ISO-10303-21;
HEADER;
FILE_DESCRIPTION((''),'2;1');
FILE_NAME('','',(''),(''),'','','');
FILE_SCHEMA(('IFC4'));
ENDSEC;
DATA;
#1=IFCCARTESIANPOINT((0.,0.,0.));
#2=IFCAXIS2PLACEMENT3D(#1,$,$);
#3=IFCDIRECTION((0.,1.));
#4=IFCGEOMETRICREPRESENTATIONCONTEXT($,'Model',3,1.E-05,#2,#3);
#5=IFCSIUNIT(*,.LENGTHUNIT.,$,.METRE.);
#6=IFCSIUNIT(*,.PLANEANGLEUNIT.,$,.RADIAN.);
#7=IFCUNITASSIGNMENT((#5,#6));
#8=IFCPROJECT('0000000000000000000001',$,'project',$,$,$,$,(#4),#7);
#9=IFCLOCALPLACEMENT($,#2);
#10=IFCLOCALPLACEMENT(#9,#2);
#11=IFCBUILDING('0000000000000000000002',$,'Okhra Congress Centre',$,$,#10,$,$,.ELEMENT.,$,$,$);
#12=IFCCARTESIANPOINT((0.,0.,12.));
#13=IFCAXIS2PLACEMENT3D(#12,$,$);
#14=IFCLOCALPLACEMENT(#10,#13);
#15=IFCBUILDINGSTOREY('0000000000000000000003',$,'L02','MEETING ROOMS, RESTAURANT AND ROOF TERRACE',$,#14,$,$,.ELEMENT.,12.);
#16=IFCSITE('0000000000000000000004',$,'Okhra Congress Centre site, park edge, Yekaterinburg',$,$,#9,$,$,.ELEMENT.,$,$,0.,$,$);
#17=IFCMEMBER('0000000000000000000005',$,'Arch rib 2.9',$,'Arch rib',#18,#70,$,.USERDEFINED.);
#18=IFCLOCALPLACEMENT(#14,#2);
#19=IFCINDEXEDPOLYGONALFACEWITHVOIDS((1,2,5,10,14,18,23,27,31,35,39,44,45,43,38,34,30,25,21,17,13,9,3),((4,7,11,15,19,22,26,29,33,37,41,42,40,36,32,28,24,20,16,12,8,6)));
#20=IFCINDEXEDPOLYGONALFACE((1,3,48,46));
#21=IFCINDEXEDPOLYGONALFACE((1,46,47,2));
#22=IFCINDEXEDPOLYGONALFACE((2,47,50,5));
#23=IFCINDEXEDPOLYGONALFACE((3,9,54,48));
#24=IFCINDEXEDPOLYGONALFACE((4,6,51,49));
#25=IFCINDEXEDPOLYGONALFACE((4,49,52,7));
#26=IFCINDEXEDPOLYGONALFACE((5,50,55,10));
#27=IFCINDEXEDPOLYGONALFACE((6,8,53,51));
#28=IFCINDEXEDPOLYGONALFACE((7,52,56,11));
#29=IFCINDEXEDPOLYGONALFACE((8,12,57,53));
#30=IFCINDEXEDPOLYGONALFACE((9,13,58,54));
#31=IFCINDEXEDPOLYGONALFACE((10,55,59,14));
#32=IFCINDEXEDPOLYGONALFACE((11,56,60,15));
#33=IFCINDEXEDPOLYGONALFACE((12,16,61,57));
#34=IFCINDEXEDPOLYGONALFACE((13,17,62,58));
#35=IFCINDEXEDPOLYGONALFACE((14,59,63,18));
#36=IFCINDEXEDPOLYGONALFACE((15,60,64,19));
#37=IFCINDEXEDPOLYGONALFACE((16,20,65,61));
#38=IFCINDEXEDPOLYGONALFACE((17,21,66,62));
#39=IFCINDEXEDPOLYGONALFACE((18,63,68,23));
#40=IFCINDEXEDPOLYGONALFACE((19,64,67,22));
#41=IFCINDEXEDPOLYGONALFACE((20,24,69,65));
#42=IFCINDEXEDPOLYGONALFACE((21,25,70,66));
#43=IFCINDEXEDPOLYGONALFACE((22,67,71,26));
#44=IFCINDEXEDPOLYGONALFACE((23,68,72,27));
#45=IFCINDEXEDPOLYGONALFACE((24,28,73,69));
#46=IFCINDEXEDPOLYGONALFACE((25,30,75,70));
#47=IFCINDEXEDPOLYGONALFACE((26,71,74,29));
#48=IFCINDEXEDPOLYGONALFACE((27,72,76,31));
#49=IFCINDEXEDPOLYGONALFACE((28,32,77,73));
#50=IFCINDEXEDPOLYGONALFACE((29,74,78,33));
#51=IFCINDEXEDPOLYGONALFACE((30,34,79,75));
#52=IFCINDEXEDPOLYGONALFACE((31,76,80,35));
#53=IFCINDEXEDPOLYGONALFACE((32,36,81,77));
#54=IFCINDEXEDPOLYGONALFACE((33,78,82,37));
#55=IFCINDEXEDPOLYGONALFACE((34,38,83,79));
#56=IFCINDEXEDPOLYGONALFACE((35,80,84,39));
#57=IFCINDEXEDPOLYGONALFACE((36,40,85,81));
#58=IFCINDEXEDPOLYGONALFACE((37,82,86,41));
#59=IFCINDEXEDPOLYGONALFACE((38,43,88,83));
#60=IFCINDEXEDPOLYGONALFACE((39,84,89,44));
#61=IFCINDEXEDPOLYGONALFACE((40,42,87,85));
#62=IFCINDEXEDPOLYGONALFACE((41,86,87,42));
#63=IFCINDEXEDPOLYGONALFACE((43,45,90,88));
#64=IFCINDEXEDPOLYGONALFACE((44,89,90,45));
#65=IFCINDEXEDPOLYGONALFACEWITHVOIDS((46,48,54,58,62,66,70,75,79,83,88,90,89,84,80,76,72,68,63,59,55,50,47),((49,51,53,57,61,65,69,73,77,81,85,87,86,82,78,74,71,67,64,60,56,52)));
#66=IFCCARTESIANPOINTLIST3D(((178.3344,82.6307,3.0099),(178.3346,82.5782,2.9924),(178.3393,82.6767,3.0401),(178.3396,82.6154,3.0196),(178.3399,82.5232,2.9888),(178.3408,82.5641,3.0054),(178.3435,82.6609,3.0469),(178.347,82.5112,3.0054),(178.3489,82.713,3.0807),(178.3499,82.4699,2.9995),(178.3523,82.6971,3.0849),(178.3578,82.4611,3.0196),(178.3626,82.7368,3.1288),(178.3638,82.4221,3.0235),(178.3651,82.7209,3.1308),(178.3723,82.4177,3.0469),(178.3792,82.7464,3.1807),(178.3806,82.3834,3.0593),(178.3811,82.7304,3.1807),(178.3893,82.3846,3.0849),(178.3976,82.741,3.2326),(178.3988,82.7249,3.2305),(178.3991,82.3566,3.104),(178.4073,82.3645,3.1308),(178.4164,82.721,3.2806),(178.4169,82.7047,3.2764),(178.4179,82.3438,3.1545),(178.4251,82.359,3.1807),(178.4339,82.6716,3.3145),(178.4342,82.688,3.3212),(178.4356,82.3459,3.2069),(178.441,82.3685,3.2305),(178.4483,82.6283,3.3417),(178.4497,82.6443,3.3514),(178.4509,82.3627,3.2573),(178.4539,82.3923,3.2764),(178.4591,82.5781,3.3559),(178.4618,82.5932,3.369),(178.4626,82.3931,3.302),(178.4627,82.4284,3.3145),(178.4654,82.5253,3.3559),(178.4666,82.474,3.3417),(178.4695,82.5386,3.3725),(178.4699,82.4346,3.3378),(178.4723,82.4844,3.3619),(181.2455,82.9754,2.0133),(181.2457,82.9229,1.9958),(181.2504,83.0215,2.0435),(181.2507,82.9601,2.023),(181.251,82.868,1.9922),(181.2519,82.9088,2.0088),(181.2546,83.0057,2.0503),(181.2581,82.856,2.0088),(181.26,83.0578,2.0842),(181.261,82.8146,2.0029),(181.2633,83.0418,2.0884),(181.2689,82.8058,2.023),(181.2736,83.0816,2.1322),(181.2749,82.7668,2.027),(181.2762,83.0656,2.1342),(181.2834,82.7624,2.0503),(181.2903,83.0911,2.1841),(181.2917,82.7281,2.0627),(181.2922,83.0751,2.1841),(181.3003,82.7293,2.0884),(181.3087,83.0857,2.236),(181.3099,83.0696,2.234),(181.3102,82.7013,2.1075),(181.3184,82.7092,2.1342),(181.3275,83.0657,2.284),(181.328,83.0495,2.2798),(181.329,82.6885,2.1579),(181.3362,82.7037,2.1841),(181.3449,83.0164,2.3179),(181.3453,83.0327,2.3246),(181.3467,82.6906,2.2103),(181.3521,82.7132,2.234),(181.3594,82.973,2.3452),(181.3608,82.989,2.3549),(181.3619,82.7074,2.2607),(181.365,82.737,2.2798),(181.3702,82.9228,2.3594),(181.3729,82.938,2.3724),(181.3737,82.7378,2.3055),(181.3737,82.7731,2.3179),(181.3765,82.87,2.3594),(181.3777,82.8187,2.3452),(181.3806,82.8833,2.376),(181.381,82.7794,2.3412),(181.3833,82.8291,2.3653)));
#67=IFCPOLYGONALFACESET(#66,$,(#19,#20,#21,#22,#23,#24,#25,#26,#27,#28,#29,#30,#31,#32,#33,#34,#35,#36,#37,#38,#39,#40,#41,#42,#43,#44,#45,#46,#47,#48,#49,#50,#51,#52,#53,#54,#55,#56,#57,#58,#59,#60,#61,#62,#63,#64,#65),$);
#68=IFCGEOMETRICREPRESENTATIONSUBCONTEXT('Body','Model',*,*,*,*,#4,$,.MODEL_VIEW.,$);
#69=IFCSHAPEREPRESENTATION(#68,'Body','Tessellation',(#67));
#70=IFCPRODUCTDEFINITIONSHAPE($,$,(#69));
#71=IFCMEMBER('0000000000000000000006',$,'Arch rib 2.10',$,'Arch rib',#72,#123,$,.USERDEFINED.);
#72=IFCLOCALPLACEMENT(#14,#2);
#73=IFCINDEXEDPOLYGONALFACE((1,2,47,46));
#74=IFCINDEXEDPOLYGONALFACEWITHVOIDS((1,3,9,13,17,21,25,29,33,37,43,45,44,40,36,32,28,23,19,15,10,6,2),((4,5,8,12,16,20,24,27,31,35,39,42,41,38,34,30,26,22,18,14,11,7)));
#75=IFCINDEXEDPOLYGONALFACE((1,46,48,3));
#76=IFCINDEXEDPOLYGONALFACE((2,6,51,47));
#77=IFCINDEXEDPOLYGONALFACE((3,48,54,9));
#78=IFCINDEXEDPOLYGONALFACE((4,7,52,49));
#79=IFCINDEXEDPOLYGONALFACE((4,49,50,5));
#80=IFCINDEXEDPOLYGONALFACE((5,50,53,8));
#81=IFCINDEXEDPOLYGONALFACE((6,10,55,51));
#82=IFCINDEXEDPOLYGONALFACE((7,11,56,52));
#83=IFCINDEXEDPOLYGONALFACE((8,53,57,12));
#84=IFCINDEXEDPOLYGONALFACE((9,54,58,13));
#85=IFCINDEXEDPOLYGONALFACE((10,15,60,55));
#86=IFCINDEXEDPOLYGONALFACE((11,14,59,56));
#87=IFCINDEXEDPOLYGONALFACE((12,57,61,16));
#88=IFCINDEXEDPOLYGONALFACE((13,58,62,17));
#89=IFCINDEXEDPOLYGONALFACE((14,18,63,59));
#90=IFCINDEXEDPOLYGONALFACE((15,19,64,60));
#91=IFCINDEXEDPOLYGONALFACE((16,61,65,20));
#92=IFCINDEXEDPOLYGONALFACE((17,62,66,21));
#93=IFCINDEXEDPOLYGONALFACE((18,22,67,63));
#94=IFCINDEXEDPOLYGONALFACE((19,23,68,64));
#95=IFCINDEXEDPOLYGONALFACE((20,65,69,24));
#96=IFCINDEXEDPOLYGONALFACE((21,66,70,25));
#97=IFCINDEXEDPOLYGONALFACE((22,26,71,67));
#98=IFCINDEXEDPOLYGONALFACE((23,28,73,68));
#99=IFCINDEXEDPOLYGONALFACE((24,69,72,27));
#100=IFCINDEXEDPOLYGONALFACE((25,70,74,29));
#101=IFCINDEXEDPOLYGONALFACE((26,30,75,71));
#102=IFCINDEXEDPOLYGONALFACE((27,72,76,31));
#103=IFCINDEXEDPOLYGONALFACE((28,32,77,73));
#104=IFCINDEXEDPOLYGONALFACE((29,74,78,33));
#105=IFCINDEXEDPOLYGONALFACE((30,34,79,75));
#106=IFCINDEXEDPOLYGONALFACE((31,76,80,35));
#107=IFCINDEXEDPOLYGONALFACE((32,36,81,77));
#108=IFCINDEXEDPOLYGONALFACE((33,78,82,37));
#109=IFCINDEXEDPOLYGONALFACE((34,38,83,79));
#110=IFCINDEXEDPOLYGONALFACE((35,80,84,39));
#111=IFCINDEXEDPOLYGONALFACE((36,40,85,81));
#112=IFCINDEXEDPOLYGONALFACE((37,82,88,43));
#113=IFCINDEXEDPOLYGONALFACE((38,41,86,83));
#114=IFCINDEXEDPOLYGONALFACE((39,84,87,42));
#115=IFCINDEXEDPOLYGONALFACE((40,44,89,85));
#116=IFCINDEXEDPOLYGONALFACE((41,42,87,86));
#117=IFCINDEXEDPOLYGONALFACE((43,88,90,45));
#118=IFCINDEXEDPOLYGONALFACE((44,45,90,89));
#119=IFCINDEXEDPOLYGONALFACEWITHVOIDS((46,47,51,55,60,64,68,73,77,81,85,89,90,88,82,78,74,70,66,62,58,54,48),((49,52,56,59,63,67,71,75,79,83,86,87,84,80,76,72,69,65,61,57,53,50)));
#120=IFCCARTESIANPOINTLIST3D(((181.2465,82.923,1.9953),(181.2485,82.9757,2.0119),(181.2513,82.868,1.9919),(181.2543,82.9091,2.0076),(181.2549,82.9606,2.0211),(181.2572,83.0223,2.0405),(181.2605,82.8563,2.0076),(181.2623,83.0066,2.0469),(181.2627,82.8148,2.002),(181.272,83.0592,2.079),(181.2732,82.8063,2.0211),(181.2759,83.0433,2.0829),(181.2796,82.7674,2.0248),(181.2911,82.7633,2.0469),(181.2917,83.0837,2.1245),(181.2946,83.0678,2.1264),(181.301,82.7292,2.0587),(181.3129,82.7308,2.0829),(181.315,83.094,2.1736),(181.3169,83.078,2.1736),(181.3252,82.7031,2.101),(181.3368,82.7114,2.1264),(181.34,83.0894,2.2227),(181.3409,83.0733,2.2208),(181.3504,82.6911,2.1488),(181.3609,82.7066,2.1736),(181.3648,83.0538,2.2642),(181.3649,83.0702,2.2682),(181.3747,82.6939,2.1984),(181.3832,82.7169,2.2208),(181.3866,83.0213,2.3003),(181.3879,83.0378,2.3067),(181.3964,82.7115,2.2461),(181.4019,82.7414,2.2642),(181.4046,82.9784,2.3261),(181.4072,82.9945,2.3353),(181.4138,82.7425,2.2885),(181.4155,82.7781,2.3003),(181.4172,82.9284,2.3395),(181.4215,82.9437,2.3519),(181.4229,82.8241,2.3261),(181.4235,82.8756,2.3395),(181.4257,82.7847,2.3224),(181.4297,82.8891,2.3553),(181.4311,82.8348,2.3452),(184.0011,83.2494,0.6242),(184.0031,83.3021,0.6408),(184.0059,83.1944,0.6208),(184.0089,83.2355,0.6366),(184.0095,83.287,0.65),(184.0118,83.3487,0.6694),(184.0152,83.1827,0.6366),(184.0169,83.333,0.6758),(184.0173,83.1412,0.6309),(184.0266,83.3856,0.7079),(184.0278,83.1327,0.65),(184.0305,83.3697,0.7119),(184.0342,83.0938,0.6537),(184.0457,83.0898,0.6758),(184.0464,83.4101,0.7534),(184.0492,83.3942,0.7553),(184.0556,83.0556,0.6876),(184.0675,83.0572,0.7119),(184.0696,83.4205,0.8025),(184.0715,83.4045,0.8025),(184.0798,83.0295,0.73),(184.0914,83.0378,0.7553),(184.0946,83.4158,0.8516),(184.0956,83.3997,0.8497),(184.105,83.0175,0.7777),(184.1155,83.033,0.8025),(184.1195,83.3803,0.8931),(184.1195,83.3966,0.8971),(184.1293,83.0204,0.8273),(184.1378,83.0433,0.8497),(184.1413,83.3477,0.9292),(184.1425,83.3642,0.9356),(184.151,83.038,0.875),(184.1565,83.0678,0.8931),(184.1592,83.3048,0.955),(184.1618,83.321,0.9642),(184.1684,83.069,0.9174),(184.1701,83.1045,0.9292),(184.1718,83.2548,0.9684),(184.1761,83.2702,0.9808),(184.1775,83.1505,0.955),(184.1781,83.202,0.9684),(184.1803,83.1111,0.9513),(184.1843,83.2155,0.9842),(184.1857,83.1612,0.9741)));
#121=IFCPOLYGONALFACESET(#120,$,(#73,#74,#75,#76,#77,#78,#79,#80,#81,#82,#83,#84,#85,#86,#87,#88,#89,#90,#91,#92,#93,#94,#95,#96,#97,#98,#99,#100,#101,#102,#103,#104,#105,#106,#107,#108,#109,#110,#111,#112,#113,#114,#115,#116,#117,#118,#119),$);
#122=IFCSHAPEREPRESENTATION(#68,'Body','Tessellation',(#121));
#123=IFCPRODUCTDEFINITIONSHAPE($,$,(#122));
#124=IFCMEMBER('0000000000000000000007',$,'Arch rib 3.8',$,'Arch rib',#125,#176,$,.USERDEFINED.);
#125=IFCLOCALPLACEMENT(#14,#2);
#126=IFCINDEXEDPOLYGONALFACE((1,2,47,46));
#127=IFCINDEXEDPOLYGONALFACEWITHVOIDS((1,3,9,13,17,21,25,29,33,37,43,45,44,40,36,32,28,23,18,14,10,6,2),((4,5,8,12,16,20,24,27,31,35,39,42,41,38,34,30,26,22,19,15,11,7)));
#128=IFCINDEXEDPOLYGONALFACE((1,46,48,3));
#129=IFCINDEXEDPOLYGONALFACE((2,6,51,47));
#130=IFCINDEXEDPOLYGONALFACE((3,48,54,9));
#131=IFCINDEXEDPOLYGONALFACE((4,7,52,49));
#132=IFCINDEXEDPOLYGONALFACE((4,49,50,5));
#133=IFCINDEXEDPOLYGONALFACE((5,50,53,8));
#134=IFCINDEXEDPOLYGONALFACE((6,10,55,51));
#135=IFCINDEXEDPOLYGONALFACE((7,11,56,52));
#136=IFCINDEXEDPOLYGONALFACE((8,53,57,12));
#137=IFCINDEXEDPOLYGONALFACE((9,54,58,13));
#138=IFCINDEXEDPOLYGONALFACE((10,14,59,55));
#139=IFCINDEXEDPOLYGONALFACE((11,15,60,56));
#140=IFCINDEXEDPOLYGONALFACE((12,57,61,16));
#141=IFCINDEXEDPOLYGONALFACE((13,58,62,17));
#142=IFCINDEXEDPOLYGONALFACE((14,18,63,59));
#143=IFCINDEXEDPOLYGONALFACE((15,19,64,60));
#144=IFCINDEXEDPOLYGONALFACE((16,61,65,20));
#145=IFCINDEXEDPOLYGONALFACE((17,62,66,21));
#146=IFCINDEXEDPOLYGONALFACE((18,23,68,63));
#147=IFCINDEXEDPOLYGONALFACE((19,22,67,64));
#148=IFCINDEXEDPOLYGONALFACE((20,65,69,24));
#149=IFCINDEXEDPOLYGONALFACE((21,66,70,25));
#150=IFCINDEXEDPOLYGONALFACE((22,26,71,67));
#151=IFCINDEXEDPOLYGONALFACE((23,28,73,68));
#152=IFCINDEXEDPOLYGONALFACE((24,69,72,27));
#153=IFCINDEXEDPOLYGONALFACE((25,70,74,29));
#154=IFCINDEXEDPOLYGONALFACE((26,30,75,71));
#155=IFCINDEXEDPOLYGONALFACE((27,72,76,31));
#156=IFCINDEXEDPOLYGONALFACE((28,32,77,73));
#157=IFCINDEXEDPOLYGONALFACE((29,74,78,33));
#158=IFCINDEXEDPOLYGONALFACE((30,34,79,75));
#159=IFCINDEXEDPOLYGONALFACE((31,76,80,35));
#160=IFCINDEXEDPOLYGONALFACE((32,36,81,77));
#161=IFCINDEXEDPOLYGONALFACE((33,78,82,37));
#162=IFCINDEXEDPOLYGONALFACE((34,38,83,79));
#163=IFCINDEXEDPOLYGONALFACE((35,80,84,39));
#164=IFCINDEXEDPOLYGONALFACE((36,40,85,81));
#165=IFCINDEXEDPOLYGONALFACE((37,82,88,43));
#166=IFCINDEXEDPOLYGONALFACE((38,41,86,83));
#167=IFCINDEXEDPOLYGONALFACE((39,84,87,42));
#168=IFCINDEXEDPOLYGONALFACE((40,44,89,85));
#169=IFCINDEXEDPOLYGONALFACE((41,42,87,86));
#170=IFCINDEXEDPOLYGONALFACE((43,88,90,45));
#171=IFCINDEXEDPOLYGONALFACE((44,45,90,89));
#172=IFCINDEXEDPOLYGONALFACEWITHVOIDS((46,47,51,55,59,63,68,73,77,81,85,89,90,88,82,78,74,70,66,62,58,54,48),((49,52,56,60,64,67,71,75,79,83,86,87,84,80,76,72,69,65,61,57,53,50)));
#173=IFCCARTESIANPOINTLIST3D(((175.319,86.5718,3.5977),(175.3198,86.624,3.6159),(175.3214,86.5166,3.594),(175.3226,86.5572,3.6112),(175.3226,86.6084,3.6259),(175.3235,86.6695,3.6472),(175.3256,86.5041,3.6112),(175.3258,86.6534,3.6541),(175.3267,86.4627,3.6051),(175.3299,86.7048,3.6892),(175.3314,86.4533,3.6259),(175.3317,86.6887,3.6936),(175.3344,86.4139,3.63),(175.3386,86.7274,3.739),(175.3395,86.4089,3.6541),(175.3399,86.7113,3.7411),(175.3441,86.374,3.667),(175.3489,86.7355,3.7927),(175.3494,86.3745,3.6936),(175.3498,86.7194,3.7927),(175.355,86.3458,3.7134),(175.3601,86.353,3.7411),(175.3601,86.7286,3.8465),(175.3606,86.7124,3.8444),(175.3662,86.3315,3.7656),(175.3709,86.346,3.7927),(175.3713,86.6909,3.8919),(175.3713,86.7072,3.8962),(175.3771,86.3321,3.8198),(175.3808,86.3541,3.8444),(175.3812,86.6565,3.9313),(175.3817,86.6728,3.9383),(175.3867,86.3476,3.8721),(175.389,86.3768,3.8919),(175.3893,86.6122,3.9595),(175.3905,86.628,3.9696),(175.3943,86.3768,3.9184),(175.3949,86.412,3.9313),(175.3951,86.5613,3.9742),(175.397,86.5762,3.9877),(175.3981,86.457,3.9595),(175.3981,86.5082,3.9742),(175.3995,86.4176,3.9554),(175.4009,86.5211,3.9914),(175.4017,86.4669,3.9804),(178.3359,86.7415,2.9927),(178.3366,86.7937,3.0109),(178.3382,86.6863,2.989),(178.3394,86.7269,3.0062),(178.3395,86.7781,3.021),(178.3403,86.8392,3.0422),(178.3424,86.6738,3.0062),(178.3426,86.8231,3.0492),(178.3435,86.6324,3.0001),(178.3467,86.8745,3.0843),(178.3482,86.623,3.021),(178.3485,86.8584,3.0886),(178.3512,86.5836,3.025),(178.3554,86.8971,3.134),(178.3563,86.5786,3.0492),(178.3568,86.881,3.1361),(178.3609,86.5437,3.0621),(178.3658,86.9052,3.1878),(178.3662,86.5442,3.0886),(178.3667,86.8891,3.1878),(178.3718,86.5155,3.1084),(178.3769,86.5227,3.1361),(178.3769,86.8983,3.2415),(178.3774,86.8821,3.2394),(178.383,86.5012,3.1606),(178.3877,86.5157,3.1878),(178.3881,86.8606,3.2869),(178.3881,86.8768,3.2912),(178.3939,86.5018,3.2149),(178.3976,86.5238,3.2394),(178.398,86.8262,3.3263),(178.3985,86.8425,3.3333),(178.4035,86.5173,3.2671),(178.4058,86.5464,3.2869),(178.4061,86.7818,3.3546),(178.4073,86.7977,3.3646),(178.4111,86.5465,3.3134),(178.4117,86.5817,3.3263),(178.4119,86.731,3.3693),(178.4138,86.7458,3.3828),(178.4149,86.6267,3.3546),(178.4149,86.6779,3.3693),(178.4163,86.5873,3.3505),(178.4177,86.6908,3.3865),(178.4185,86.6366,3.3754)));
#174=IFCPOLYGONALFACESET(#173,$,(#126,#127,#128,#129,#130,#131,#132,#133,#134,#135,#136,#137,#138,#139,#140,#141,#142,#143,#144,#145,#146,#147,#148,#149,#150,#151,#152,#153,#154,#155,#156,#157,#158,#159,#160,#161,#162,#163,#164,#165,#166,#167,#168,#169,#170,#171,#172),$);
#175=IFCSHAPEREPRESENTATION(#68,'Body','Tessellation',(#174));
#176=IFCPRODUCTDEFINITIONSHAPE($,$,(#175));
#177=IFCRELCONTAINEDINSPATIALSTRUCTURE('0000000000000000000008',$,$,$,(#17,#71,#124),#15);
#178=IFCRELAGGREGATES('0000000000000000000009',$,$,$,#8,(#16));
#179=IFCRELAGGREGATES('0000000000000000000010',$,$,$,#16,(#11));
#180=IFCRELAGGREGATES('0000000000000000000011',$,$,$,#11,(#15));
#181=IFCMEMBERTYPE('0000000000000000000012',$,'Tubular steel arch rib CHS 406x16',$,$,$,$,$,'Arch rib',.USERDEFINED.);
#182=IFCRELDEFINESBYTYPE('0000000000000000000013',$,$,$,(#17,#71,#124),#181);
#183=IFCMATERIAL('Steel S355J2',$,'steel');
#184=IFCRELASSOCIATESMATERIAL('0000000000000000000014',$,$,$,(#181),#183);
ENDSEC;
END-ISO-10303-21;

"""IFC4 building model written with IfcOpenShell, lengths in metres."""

from ifc_helpers import new_model, si_unit, direction, frame, origin, origin_2d, place, context, subcontext, project, spatial, hollow_circle, extrude, material, material_profile, profile_set, type_object, element, save


model = new_model("IFC4")

# Units and contexts
model_context = context("Model", 3, precision=1e-05, world=origin(), true_north=direction((0.0, 1.0)))
body_context = subcontext(model_context, "Body", "Model", "MODEL_VIEW")
ifc_project = project(units=[si_unit("LENGTHUNIT", "METRE"), si_unit("PLANEANGLEUNIT", "RADIAN")], contexts=[model_context])

# Site, building, storey
site_placement = place(None, origin())
site = spatial("IfcSite", under=ifc_project, at=site_placement, Name="Okhra Congress Centre site, park edge, Yekaterinburg", CompositionType="ELEMENT", RefElevation=0.0)
building_placement = place(site_placement, origin())
building = spatial("IfcBuilding", under=site, at=building_placement, Name="Okhra Congress Centre", CompositionType="ELEMENT")
storey_placement = place(building_placement, frame((0.0, 0.0, 12.0)))
storey = spatial("IfcBuildingStorey", under=building, at=storey_placement, Name="L02", Description="MEETING ROOMS, RESTAURANT AND ROOF TERRACE", CompositionType="ELEMENT", Elevation=12.0)

# Members
ifc_material_1 = material(Name="Steel S355J2", Category="steel")
ifc_material_profile_1 = material_profile(ifc_material_1, hollow_circle(Radius=0.2031, WallThickness=0.0161, at=origin_2d()), Name="CHS 406.4x16")
ifc_profile_set_1 = profile_set([ifc_material_profile_1], Name="Steel S355J2")
member_type_1 = type_object("IfcMemberType", Name="Tubular steel arch rib CHS 406x16", ElementType="Arch rib", PredefinedType="USERDEFINED", material=ifc_profile_set_1)
member_1_placement = place(storey_placement, frame((178.4031, 82.5447, 3.1807), z_axis=(0.940215, 0.111337, -0.321868), x_axis=(-0.117595, 0.993062, 0.0)))
element("IfcMember", 1, at=member_1_placement, inside=storey, type_object=member_type_1, Name="Arch rib 2.9", ObjectType="Arch rib", PredefinedType="USERDEFINED", context=body_context, shape_type="SweptSolid", body=[
    extrude(hollow_circle(Radius=0.2031, WallThickness=0.0161, at=origin_2d()), origin(), (0.0, 0.0, 1.0), 3.0962),
])
member_2_placement = place(storey_placement, frame((181.3389, 82.8923, 2.1736), z_axis=(0.89024, 0.105491, -0.443108), x_axis=(-0.117674, 0.993052, 0.0)))
element("IfcMember", 2, at=member_2_placement, inside=storey, type_object=member_type_1, Name="Arch rib 2.10", ObjectType="Arch rib", PredefinedType="USERDEFINED", context=body_context, shape_type="SweptSolid", body=[
    extrude(hollow_circle(Radius=0.2031, WallThickness=0.0161, at=origin_2d()), origin(), (0.0, 0.0, 1.0), 3.0942),
])
member_3_placement = place(storey_placement, frame((175.3604, 86.5327, 3.7927), z_axis=(0.978992, 0.055062, -0.196321), x_axis=(-0.056155, 0.998422, 0.0)))
element("IfcMember", 3, at=member_3_placement, inside=storey, type_object=member_type_1, Name="Arch rib 3.8", ObjectType="Arch rib", PredefinedType="USERDEFINED", context=body_context, shape_type="SweptSolid", body=[
    extrude(hollow_circle(Radius=0.2031, WallThickness=0.0161, at=origin_2d()), origin(), (0.0, 0.0, 1.0), 3.0815),
])

save(model, "model.ifc")
